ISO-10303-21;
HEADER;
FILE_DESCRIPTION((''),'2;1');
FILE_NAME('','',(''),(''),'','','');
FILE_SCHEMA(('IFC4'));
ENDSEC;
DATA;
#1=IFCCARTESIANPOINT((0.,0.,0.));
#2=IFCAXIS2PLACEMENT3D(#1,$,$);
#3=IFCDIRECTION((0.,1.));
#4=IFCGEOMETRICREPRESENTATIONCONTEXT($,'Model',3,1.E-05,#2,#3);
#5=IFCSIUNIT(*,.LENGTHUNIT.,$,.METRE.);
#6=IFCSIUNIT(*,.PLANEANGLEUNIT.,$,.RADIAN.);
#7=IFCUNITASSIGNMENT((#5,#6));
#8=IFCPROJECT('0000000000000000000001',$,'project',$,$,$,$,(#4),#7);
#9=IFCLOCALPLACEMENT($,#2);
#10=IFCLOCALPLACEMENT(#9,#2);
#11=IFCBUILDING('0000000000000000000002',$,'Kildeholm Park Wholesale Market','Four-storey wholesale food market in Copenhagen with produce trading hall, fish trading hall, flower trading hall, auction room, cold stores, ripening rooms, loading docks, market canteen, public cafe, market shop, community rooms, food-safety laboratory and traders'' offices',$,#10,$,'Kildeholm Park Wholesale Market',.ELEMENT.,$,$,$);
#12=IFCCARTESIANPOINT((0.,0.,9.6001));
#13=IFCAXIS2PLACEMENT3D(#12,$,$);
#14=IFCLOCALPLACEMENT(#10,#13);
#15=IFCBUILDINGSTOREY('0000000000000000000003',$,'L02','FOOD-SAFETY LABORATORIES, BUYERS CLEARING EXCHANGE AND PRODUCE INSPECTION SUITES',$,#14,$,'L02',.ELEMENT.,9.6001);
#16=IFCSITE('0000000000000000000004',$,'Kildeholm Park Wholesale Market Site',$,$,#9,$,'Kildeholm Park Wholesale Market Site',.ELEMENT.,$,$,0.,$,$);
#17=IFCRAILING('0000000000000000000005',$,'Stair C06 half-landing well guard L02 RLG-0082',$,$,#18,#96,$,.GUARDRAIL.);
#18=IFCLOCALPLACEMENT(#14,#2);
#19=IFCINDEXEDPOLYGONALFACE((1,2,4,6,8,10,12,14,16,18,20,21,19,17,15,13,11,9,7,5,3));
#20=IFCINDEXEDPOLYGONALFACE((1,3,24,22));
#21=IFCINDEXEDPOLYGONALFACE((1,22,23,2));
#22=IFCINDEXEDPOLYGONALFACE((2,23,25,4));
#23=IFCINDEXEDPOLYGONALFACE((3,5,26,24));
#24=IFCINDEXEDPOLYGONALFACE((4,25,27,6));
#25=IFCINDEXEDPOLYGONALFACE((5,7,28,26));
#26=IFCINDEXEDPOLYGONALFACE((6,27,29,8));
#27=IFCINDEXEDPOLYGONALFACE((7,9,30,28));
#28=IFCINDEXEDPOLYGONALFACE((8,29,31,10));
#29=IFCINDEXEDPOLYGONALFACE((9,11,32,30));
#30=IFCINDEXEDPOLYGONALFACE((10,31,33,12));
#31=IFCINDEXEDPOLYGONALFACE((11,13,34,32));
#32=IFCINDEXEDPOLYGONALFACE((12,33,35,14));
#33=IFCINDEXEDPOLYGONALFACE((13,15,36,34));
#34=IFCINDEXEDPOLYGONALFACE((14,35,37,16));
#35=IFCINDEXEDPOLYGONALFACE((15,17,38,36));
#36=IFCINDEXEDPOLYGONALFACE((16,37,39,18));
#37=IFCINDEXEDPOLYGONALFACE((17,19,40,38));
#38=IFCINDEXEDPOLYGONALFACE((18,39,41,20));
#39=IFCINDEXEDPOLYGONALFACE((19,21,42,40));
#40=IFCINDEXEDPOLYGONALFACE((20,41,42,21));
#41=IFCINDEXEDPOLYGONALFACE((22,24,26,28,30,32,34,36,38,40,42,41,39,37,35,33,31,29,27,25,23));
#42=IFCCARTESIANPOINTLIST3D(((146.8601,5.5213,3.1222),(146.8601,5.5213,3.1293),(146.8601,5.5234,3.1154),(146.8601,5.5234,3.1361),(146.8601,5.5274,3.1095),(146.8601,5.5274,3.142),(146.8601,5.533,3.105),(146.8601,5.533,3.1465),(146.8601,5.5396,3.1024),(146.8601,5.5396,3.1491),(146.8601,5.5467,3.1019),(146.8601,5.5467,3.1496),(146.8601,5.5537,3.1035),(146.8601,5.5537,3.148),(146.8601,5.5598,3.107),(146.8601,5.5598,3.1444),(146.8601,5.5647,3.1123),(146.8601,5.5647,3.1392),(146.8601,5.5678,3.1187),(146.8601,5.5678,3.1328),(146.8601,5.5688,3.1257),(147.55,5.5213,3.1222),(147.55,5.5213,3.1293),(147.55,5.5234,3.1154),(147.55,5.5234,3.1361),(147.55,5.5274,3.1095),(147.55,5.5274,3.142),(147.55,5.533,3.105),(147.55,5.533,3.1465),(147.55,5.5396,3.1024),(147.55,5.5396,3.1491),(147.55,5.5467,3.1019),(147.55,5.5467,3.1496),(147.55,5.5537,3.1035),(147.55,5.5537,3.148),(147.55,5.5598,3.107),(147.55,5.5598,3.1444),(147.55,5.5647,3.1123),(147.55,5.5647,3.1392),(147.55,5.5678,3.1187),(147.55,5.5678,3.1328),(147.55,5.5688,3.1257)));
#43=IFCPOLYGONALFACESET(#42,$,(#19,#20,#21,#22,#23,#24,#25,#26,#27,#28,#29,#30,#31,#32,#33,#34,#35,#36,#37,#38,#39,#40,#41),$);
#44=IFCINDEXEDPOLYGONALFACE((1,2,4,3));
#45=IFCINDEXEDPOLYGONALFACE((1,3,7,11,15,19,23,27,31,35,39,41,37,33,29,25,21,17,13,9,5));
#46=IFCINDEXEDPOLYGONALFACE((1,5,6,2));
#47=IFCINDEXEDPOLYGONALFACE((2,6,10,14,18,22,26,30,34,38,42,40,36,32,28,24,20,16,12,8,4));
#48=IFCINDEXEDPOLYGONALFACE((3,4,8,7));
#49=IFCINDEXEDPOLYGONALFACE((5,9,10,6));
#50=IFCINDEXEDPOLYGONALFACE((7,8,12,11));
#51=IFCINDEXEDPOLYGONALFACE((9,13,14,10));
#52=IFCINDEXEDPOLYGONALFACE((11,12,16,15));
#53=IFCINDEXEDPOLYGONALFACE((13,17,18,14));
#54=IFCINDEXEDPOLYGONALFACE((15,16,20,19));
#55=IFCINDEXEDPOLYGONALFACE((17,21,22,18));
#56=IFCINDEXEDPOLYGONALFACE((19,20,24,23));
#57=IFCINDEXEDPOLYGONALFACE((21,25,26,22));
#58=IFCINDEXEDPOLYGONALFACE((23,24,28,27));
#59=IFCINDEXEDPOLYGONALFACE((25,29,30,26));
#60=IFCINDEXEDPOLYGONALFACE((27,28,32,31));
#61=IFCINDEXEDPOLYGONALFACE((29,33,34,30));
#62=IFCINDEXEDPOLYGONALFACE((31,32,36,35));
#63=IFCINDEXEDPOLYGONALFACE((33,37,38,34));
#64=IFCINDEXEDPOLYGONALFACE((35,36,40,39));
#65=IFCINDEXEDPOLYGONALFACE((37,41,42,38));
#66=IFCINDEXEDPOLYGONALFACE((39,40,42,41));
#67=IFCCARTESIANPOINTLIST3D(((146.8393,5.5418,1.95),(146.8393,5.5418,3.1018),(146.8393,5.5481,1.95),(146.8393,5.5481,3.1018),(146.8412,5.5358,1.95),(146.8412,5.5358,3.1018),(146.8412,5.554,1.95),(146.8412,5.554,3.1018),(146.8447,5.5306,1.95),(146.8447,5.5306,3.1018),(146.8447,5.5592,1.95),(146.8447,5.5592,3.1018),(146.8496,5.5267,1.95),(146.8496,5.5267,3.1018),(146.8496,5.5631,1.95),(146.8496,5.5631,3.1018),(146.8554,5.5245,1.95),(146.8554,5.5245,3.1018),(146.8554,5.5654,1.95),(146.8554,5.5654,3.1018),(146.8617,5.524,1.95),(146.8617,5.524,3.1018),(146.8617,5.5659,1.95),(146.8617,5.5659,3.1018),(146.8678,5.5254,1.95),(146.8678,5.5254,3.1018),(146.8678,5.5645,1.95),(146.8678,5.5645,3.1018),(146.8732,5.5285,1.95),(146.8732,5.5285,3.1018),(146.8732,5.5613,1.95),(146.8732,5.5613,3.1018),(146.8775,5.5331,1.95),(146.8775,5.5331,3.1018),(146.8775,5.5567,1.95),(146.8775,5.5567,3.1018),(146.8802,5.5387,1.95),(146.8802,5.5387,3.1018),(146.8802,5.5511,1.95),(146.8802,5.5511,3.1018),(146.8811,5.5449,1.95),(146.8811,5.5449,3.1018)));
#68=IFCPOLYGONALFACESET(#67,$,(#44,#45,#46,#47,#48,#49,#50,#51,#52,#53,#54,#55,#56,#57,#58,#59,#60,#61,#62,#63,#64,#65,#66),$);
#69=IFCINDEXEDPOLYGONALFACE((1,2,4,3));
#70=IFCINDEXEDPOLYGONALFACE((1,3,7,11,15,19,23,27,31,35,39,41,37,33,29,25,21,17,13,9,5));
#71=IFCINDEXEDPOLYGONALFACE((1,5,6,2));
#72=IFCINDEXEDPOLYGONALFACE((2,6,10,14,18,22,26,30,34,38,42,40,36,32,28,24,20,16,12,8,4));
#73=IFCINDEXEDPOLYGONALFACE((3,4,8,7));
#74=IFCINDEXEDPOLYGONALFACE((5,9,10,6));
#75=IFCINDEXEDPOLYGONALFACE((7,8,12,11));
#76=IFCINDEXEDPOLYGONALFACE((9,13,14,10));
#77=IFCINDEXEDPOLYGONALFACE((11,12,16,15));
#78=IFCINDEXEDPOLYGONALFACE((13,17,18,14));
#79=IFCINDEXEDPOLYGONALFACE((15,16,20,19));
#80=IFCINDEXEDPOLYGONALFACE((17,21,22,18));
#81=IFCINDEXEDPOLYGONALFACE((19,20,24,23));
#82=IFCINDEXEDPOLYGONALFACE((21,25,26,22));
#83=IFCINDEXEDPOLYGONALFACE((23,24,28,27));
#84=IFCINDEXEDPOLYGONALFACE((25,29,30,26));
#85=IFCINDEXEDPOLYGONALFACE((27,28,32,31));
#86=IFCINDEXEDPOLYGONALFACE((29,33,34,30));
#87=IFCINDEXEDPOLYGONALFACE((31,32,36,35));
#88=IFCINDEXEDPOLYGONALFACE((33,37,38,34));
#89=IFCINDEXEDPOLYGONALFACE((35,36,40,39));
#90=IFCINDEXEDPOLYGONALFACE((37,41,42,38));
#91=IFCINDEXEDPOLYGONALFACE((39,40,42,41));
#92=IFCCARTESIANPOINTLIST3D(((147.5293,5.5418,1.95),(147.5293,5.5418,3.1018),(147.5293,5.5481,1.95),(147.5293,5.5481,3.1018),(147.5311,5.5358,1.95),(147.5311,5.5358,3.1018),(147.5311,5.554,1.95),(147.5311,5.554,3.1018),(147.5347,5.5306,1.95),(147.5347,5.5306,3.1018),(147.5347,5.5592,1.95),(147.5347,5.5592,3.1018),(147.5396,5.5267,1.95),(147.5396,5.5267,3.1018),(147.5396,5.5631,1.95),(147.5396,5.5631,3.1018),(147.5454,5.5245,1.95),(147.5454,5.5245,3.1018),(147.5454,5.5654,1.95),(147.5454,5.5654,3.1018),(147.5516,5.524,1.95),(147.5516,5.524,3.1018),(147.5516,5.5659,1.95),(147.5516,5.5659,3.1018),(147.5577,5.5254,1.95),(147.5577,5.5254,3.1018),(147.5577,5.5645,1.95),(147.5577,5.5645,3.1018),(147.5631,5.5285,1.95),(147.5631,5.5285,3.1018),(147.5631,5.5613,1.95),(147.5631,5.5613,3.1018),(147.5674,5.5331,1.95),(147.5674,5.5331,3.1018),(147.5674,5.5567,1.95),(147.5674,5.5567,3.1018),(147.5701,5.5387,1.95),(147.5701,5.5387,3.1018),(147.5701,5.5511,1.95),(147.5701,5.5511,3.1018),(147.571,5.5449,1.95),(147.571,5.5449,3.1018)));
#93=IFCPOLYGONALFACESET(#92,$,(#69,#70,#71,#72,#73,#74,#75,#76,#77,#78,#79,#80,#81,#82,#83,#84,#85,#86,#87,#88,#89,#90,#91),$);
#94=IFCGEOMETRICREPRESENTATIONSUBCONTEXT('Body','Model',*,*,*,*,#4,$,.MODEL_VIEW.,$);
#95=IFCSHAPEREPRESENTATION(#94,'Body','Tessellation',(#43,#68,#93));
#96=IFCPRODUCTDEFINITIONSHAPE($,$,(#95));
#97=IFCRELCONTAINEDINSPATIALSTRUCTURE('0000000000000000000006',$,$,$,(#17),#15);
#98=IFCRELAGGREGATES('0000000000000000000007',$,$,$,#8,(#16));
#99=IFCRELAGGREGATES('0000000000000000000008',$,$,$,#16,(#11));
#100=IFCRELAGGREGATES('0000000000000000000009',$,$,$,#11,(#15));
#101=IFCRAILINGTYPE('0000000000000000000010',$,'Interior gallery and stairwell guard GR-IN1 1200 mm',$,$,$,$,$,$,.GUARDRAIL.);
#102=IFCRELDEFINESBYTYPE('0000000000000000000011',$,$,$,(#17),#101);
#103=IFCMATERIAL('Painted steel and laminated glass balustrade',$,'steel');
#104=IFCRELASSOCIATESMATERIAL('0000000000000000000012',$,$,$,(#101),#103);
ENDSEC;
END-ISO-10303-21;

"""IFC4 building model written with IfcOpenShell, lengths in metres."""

from ifc_helpers import new_model, si_unit, direction, frame, origin, origin_2d, place, context, subcontext, project, spatial, circle, extrude, material, type_object, element, save


model = new_model("IFC4")

# Units and contexts
model_context = context("Model", 3, precision=1e-05, world=origin(), true_north=direction((0.0, 1.0)))
body_context = subcontext(model_context, "Body", "Model", "MODEL_VIEW")
ifc_project = project(units=[si_unit("LENGTHUNIT", "METRE"), si_unit("PLANEANGLEUNIT", "RADIAN")], contexts=[model_context])

# Site, building, storey
site_placement = place(None, origin())
site = spatial("IfcSite", under=ifc_project, at=site_placement, Name="Kildeholm Park Wholesale Market Site", LongName="Kildeholm Park Wholesale Market Site", CompositionType="ELEMENT", RefElevation=0.0)
building_placement = place(site_placement, origin())
building = spatial("IfcBuilding", under=site, at=building_placement, Name="Kildeholm Park Wholesale Market", Description="Four-storey wholesale food market in Copenhagen with produce trading hall, fish trading hall, flower trading hall, auction room, cold stores, ripening rooms, loading docks, market canteen, public cafe, market shop, community rooms, food-safety laboratory and traders' offices", LongName="Kildeholm Park Wholesale Market", CompositionType="ELEMENT")
storey_placement = place(building_placement, frame((0.0, 0.0, 9.6001)))
storey = spatial("IfcBuildingStorey", under=building, at=storey_placement, Name="L02", Description="FOOD-SAFETY LABORATORIES, BUYERS CLEARING EXCHANGE AND PRODUCE INSPECTION SUITES", LongName="L02", CompositionType="ELEMENT", Elevation=9.6001)

# Railing
ifc_material_1 = material(Name="Painted steel and laminated glass balustrade", Category="steel")
railing_type_1 = type_object("IfcRailingType", Name="Interior gallery and stairwell guard GR-IN1 1200 mm", PredefinedType="GUARDRAIL", material=ifc_material_1)
railing_1_placement = place(storey_placement, frame((146.8601, 5.5449, 1.95)))
element("IfcRailing", 1, at=railing_1_placement, inside=storey, type_object=railing_type_1, Name="Stair C06 half-landing well guard L02 RLG-0082", PredefinedType="GUARDRAIL", context=body_context, shape_type="SweptSolid", body=[
    extrude(circle(Radius=0.0239, at=origin_2d()), frame((0.0, 0.0, 1.1758), z_axis=(1.0, 0.0, 0.0), x_axis=(0.0, 1.0, 0.0)), (0.0, 0.0, 1.0), 0.6899),
    extrude(circle(Radius=0.021, at=origin_2d()), origin(), (0.0, 0.0, 1.0), 1.1519),
    extrude(circle(Radius=0.021, at=origin_2d()), frame((0.6899, 0.0, 0.0)), (0.0, 0.0, 1.0), 1.1519),
])

save(model, "model.ifc")
